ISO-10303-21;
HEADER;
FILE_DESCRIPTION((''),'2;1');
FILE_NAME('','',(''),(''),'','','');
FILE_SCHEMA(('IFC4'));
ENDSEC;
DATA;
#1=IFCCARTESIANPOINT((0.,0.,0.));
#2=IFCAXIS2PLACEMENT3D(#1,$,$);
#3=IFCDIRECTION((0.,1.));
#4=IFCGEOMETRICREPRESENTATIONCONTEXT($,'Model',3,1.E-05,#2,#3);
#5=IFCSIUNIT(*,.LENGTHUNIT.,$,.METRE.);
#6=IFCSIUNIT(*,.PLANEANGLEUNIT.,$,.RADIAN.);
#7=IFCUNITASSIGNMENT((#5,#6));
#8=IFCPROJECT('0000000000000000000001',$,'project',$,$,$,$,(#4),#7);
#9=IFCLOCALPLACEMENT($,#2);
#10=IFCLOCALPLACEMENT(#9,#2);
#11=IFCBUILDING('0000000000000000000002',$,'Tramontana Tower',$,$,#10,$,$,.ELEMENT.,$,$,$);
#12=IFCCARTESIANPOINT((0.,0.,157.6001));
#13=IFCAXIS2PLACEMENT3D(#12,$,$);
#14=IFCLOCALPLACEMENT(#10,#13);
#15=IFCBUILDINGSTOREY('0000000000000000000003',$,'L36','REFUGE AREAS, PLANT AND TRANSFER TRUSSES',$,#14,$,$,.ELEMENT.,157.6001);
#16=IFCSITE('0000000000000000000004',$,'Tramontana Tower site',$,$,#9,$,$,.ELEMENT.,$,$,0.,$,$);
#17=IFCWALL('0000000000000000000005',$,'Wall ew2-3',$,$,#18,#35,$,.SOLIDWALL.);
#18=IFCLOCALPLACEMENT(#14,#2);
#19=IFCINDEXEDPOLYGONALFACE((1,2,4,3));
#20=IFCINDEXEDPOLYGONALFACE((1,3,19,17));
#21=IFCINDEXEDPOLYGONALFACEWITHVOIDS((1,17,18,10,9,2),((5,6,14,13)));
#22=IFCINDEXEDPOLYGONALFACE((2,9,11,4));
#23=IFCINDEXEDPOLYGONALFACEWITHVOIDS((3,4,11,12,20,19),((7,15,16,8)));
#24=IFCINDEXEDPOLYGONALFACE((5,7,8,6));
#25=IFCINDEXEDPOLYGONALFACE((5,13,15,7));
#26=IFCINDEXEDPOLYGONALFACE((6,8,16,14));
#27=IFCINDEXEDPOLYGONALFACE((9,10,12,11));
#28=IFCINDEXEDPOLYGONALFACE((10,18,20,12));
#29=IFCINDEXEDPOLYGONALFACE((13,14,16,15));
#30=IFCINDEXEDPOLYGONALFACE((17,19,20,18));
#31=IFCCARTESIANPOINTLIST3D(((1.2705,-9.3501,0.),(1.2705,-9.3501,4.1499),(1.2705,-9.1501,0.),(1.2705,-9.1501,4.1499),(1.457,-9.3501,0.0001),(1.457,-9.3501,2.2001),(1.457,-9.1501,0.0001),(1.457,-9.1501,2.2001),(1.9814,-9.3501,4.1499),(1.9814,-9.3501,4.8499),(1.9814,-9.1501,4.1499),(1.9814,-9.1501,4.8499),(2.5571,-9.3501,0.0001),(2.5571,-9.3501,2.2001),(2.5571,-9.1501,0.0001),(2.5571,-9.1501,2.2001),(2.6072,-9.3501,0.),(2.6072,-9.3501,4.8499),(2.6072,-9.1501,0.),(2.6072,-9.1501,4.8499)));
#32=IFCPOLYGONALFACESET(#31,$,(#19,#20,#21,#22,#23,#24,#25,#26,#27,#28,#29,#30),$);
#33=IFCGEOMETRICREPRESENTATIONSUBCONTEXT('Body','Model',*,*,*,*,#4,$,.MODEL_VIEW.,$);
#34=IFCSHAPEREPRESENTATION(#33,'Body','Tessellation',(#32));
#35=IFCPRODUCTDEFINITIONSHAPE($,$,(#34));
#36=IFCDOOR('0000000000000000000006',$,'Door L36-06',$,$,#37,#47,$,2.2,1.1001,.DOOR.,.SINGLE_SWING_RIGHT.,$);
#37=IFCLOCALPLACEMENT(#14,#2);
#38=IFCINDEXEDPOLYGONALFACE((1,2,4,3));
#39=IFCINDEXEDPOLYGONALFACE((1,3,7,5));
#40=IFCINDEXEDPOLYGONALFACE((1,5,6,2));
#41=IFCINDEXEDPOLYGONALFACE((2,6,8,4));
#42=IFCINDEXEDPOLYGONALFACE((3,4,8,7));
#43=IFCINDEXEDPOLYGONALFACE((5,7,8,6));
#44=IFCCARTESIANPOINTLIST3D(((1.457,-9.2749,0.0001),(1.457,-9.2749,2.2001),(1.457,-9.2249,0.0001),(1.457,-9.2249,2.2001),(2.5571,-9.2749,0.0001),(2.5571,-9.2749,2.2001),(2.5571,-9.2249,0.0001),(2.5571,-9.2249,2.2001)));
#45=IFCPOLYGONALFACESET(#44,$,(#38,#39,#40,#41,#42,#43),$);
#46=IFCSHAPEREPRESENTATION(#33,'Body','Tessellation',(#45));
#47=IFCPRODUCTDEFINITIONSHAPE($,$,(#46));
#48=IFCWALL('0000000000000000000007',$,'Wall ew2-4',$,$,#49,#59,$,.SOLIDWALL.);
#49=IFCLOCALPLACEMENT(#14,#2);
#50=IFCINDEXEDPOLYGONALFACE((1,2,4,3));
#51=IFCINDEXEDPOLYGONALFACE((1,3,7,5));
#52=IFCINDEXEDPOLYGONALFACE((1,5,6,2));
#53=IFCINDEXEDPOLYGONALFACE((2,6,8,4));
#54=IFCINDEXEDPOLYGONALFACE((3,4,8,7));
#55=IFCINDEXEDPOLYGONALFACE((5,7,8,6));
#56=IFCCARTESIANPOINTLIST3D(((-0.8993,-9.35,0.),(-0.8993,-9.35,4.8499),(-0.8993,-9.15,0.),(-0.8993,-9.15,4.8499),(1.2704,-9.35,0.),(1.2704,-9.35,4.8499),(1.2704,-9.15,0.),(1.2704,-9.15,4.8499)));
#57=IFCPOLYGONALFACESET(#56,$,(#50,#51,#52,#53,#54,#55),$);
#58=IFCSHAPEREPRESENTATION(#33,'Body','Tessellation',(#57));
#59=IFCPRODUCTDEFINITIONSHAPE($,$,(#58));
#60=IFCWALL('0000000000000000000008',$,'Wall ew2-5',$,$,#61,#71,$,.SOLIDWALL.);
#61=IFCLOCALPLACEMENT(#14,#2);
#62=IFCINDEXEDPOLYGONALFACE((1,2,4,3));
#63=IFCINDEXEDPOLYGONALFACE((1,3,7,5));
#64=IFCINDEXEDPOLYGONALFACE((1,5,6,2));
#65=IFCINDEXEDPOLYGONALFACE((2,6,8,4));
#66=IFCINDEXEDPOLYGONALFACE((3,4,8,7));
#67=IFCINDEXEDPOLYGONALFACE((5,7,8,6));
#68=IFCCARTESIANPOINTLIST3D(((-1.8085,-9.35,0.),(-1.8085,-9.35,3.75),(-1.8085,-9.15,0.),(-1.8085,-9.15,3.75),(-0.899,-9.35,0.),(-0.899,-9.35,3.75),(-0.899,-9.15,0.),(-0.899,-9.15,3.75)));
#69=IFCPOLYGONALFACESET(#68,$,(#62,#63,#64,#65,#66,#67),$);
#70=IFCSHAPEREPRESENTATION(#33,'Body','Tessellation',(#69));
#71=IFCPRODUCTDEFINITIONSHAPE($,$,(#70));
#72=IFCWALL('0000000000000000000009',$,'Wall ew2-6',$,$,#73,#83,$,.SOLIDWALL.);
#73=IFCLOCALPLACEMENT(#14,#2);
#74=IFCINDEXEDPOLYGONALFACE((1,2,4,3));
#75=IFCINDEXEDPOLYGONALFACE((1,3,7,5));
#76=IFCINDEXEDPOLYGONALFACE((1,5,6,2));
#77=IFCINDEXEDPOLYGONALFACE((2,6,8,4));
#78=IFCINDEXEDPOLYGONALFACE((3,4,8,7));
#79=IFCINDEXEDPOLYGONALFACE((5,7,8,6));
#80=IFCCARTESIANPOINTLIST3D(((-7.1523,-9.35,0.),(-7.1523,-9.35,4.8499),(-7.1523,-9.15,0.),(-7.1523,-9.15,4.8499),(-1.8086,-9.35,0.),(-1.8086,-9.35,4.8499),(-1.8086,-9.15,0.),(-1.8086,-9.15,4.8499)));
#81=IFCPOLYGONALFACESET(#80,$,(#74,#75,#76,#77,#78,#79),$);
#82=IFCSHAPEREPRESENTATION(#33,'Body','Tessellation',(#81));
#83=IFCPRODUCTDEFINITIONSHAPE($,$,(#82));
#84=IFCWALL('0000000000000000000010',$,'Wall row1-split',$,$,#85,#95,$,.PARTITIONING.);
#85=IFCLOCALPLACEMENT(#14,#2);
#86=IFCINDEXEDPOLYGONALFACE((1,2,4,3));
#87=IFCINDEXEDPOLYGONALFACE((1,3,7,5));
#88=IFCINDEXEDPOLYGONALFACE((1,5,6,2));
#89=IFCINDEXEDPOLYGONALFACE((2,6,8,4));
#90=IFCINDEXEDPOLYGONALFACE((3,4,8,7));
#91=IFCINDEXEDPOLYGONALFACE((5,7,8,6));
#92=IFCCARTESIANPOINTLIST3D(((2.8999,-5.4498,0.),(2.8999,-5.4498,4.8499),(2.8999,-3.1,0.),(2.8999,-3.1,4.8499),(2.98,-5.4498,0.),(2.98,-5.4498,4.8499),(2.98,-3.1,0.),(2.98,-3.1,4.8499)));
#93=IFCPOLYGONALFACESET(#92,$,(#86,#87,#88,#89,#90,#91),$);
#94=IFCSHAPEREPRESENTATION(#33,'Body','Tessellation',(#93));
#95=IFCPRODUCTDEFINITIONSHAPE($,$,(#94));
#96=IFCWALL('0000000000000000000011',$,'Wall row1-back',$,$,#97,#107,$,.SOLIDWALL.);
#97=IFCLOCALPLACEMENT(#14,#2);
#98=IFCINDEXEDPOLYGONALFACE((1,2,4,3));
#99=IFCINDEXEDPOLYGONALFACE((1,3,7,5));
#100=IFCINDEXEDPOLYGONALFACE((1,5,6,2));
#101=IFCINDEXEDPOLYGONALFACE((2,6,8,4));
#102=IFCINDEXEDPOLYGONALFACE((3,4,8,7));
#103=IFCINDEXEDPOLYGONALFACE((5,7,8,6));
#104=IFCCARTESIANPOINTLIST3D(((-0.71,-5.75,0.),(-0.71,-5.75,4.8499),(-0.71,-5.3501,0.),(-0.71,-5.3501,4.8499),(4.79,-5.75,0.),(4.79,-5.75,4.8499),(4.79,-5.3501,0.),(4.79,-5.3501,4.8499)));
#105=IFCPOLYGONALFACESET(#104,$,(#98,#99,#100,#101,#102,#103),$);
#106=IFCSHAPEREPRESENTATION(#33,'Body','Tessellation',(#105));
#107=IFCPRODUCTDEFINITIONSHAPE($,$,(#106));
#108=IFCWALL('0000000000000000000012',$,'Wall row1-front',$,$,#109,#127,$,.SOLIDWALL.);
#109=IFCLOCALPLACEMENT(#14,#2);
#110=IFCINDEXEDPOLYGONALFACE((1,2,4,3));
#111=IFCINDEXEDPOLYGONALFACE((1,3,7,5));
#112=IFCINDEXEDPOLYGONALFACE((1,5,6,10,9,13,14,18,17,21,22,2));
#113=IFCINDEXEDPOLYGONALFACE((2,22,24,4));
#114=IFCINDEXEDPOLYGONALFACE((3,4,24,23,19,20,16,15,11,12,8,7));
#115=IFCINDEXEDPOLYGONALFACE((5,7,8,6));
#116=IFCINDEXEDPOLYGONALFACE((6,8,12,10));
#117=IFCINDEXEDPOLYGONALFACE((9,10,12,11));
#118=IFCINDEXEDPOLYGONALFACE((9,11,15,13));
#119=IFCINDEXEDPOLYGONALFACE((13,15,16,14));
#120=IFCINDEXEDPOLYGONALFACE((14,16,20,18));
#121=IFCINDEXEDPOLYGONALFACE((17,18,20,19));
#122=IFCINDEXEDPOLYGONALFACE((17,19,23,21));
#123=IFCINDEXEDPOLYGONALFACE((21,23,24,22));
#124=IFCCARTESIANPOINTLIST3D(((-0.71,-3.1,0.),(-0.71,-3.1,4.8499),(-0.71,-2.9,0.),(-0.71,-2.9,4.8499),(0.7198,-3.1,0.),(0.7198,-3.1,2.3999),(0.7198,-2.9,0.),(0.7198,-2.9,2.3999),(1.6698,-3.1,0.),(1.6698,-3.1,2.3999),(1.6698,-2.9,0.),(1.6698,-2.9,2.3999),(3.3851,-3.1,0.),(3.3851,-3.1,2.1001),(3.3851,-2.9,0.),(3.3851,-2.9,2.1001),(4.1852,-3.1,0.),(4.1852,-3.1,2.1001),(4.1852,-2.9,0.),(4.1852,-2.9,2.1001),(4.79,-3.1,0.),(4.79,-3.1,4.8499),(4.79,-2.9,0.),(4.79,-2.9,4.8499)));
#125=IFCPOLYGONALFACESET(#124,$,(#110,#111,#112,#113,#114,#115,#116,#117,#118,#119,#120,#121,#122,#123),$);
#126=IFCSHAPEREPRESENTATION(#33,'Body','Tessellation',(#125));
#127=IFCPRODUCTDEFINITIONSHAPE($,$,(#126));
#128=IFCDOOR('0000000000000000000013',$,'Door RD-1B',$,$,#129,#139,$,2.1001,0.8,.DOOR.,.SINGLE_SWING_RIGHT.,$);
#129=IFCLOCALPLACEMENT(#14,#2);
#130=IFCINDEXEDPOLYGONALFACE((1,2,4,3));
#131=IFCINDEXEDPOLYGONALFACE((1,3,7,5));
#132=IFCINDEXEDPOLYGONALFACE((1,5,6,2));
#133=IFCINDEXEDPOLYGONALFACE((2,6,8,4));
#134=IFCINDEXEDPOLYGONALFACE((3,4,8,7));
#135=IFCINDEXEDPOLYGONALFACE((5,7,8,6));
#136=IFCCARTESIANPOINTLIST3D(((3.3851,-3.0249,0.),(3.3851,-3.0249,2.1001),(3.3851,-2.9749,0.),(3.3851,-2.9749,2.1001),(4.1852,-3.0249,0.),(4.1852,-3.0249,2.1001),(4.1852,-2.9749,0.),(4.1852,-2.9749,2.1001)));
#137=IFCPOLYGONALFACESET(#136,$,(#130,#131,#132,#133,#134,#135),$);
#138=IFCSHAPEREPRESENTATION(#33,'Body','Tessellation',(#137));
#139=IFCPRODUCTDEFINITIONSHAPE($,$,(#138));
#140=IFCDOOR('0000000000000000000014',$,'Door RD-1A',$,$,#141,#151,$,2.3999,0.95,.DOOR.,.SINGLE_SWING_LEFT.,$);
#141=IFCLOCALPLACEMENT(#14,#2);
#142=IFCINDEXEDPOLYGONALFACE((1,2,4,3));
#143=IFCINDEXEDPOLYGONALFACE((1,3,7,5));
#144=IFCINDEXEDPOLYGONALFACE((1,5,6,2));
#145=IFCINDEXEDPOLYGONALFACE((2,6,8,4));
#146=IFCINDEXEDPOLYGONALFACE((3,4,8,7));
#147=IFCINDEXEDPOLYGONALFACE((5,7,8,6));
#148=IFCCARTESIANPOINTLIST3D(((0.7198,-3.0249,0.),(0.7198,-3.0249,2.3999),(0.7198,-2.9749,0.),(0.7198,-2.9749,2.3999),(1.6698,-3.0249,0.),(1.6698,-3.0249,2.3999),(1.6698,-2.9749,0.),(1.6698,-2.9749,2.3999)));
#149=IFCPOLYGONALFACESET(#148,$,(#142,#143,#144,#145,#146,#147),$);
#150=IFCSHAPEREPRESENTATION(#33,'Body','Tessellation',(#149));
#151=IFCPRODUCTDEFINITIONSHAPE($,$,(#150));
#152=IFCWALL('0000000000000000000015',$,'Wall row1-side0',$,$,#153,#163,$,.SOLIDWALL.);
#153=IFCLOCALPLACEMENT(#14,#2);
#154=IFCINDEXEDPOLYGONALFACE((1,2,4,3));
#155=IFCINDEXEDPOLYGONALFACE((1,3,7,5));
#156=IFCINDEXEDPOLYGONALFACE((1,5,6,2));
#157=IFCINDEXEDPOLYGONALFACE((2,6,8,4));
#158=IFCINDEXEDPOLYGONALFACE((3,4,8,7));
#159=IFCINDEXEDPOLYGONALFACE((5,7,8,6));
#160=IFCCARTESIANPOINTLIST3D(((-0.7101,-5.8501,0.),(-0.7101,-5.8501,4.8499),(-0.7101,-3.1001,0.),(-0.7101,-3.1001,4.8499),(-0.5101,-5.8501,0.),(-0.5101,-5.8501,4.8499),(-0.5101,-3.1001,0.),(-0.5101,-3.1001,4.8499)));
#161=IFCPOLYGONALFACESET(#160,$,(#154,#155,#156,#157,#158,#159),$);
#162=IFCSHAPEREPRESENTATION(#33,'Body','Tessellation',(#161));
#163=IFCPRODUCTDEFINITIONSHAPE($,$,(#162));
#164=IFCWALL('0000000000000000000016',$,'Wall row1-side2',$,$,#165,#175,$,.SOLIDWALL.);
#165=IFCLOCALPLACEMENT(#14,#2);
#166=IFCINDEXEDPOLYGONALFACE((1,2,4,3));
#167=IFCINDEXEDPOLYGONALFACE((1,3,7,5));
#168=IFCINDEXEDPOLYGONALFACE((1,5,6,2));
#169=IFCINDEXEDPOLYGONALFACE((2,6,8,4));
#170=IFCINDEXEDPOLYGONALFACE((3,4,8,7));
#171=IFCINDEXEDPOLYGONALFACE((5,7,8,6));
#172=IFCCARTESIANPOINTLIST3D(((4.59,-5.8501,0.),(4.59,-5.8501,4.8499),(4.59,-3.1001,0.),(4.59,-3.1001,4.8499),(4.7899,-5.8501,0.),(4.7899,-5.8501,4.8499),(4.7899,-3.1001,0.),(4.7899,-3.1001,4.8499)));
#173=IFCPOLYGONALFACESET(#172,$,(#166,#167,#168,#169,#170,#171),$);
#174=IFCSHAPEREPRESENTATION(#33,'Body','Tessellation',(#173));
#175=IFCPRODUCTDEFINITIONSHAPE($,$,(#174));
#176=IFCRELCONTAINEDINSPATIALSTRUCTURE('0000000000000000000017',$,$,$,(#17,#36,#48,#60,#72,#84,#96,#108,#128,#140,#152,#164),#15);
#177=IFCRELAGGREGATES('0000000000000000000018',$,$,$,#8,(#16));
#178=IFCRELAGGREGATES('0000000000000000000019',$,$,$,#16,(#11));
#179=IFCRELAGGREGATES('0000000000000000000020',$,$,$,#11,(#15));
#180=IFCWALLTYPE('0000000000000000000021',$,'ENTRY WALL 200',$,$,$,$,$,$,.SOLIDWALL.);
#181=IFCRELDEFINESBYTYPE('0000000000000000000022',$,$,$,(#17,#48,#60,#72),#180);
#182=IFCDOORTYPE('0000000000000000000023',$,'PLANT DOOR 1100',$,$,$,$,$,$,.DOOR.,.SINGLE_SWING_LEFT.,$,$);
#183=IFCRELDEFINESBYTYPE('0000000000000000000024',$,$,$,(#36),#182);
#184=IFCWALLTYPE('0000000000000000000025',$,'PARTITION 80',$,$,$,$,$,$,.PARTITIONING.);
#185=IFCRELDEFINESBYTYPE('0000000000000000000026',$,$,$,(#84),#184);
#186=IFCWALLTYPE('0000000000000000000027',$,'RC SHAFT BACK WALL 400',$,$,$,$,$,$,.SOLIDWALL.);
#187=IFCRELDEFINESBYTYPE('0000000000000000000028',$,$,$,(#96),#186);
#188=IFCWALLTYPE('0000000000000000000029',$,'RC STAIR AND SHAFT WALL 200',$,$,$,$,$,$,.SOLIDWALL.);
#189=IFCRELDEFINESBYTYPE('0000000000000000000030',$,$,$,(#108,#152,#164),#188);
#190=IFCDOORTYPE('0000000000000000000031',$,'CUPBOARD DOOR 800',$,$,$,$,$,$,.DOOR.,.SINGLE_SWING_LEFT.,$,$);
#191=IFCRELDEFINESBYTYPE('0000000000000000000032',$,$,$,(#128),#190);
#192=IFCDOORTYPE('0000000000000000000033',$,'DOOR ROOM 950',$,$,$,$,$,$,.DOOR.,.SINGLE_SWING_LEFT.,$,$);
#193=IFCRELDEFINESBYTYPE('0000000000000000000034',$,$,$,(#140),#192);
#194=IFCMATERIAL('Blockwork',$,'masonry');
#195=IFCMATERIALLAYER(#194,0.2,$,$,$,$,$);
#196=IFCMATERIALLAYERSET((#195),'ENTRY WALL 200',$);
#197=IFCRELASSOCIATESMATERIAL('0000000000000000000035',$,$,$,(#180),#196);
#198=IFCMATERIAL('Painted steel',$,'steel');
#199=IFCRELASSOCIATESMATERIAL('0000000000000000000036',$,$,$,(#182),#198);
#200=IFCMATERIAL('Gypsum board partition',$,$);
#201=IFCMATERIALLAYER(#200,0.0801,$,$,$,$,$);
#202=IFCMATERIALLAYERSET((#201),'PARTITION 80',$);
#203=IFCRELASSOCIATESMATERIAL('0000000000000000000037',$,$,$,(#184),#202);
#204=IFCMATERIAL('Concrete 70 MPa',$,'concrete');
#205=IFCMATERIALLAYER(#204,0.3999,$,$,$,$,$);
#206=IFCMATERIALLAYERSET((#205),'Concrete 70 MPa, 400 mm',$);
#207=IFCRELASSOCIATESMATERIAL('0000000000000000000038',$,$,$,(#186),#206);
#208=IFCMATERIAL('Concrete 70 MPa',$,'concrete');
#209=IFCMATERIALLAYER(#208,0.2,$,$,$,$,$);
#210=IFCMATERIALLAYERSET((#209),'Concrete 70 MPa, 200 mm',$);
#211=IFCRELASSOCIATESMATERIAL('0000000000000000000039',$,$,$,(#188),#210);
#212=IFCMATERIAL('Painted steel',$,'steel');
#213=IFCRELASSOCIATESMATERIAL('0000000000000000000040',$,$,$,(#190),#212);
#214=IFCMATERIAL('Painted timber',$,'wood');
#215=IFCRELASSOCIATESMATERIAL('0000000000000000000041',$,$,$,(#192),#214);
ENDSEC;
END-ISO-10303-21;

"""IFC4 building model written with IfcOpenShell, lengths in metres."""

from ifc_helpers import new_model, si_unit, direction, frame, frame_2d, origin, place, context, subcontext, project, spatial, polyline, rectangle, outline, extrude, material, layer, layer_set, type_object, element, fill, save


model = new_model("IFC4")

# Units and contexts
model_context = context("Model", 3, precision=1e-05, world=origin(), true_north=direction((0.0, 1.0)))
body_context = subcontext(model_context, "Body", "Model", "MODEL_VIEW")
ifc_project = project(units=[si_unit("LENGTHUNIT", "METRE"), si_unit("PLANEANGLEUNIT", "RADIAN")], contexts=[model_context])

# Site, building, storey
site_placement = place(None, origin())
site = spatial("IfcSite", under=ifc_project, at=site_placement, Name="Tramontana Tower site", CompositionType="ELEMENT", RefElevation=0.0)
building_placement = place(site_placement, origin())
building = spatial("IfcBuilding", under=site, at=building_placement, Name="Tramontana Tower", CompositionType="ELEMENT")
storey_placement = place(building_placement, frame((0.0, 0.0, 157.6001)))
storey = spatial("IfcBuildingStorey", under=building, at=storey_placement, Name="L36", Description="REFUGE AREAS, PLANT AND TRANSFER TRUSSES", CompositionType="ELEMENT", Elevation=157.6001)

# Wall, opening, door
ifc_material_1 = material(Name="Blockwork", Category="masonry")
ifc_layer_1 = layer(ifc_material_1, 0.2)
ifc_layer_set_1 = layer_set([ifc_layer_1], Name="ENTRY WALL 200")
wall_type_1 = type_object("IfcWallType", Name="ENTRY WALL 200", PredefinedType="SOLIDWALL", material=ifc_layer_set_1)
wall_1_placement = place(storey_placement, frame((2.6072, -9.25, 0.0), z_axis=(0.0, 0.0, 1.0), x_axis=(-1.0, 0.0, 0.0)))
wall_1 = element("IfcWall", 1, at=wall_1_placement, inside=storey, type_object=wall_type_1, Name="Wall ew2-3", PredefinedType="SOLIDWALL", context=body_context, shape_type="SweptSolid", body=[
    extrude(outline(polyline([(0.0, 0.0), (1.3367, 0.0), (1.3367, 4.1499), (0.6257, 4.1499), (0.6257, 4.8499), (0.0, 4.8499), (0.0, 0.0)])), frame((0.0, 0.1001, 0.0), z_axis=(0.0, -1.0, 0.0), x_axis=(1.0, 0.0, 0.0)), (0.0, 0.0, 1.0), 0.2),
])
opening_1_placement = place(wall_1_placement, frame((0.05, 0.0, 0.0)))
opening_1 = element("IfcOpeningElement", 2, at=opening_1_placement, cuts=wall_1, PredefinedType="OPENING", context=body_context, shape_type="SweptSolid", body=[
    extrude(rectangle(XDim=1.1001, YDim=2.2, at=frame_2d((0.55, 1.1001))), frame((0.0, 0.1099, 0.0), z_axis=(0.0, -1.0, 0.0), x_axis=(1.0, 0.0, 0.0)), (0.0, 0.0, 1.0), 0.22),
])
ifc_material_2 = material(Name="Painted steel", Category="steel")
door_type_1 = type_object("IfcDoorType", Name="PLANT DOOR 1100", OperationType="SINGLE_SWING_LEFT", PredefinedType="DOOR", material=ifc_material_2)
door_1_placement = place(opening_1_placement, origin())
door_1 = element("IfcDoor", 3, at=door_1_placement, inside=storey, type_object=door_type_1, Name="Door L36-06", OperationType="SINGLE_SWING_RIGHT", OverallHeight=2.2, OverallWidth=1.1001, PredefinedType="DOOR", context=body_context, shape_type="SweptSolid", body=[
    extrude(rectangle(XDim=1.1001, YDim=2.2, at=frame_2d((0.55, 1.1001))), frame((0.0, 0.0249, 0.0), z_axis=(0.0, -1.0, 0.0), x_axis=(1.0, 0.0, 0.0)), (0.0, 0.0, 1.0), 0.05),
])
fill(opening_1, door_1)

# Walls
wall_2_placement = place(storey_placement, frame((1.2705, -9.25, 0.0), z_axis=(0.0, 0.0, 1.0), x_axis=(-1.0, 0.0, 0.0)))
element("IfcWall", 4, at=wall_2_placement, inside=storey, type_object=wall_type_1, Name="Wall ew2-4", PredefinedType="SOLIDWALL", context=body_context, shape_type="SweptSolid", body=[
    extrude(rectangle(XDim=2.1697, YDim=0.2, at=frame_2d((1.085, 0.0))), origin(), (0.0, 0.0, 1.0), 4.8499),
])
wall_3_placement = place(storey_placement, frame((-0.8992, -9.25, 0.0), z_axis=(0.0, 0.0, 1.0), x_axis=(-1.0, 0.0, 0.0)))
element("IfcWall", 5, at=wall_3_placement, inside=storey, type_object=wall_type_1, Name="Wall ew2-5", PredefinedType="SOLIDWALL", context=body_context, shape_type="SweptSolid", body=[
    extrude(rectangle(XDim=0.9094, YDim=0.2, at=frame_2d((0.4546, 0.0))), origin(), (0.0, 0.0, 1.0), 3.75),
])
wall_4_placement = place(storey_placement, frame((-1.8086, -9.25, 0.0), z_axis=(0.0, 0.0, 1.0), x_axis=(-1.0, 0.0, 0.0)))
element("IfcWall", 6, at=wall_4_placement, inside=storey, type_object=wall_type_1, Name="Wall ew2-6", PredefinedType="SOLIDWALL", context=body_context, shape_type="SweptSolid", body=[
    extrude(rectangle(XDim=5.3438, YDim=0.2, at=frame_2d((2.6719, 0.0))), origin(), (0.0, 0.0, 1.0), 4.8499),
])
ifc_material_3 = material(Name="Gypsum board partition")
ifc_layer_2 = layer(ifc_material_3, 0.0801)
ifc_layer_set_2 = layer_set([ifc_layer_2], Name="PARTITION 80")
wall_type_2 = type_object("IfcWallType", Name="PARTITION 80", PredefinedType="PARTITIONING", material=ifc_layer_set_2)
wall_5_placement = place(storey_placement, frame((2.9399, -3.1001, 0.0), z_axis=(0.0, 0.0, 1.0), x_axis=(0.0, -1.0, 0.0)))
element("IfcWall", 7, at=wall_5_placement, inside=storey, type_object=wall_type_2, Name="Wall row1-split", PredefinedType="PARTITIONING", context=body_context, shape_type="SweptSolid", body=[
    extrude(rectangle(XDim=2.3499, YDim=0.0801, at=frame_2d((1.1748, 0.0))), origin(), (0.0, 0.0, 1.0), 4.8499),
])
ifc_material_4 = material(Name="Concrete 70 MPa", Category="concrete")
ifc_layer_3 = layer(ifc_material_4, 0.3999)
ifc_layer_set_3 = layer_set([ifc_layer_3], Name="Concrete 70 MPa, 400 mm")
wall_type_3 = type_object("IfcWallType", Name="RC SHAFT BACK WALL 400", PredefinedType="SOLIDWALL", material=ifc_layer_set_3)
wall_6_placement = place(storey_placement, frame((-0.71, -5.55, 0.0), z_axis=(0.0, 0.0, 1.0), x_axis=(1.0, 0.0, 0.0)))
element("IfcWall", 8, at=wall_6_placement, inside=storey, type_object=wall_type_3, Name="Wall row1-back", PredefinedType="SOLIDWALL", context=body_context, shape_type="SweptSolid", body=[
    extrude(rectangle(XDim=5.5, YDim=0.3999, at=frame_2d((2.75, 0.0))), origin(), (0.0, 0.0, 1.0), 4.8499),
])

# Shared definitions
ifc_material_5 = material(Name="Concrete 70 MPa", Category="concrete")
ifc_layer_4 = layer(ifc_material_5, 0.2)
ifc_layer_set_4 = layer_set([ifc_layer_4], Name="Concrete 70 MPa, 200 mm")
wall_type_4 = type_object("IfcWallType", Name="RC STAIR AND SHAFT WALL 200", PredefinedType="SOLIDWALL", material=ifc_layer_set_4)

# Wall, openings, doors
wall_7_placement = place(storey_placement, frame((4.79, -3.0, 0.0), z_axis=(0.0, 0.0, 1.0), x_axis=(-1.0, 0.0, 0.0)))
wall_7 = element("IfcWall", 9, at=wall_7_placement, inside=storey, type_object=wall_type_4, Name="Wall row1-front", PredefinedType="SOLIDWALL", context=body_context, shape_type="SweptSolid", body=[
    extrude(rectangle(XDim=5.5, YDim=0.2, at=frame_2d((2.75, 0.0))), origin(), (0.0, 0.0, 1.0), 4.8499),
])
opening_2_placement = place(wall_7_placement, frame((3.1201, 0.0, 0.0)))
opening_2 = element("IfcOpeningElement", 10, at=opening_2_placement, cuts=wall_7, PredefinedType="OPENING", context=body_context, shape_type="SweptSolid", body=[
    extrude(rectangle(XDim=0.95, YDim=2.3999, at=frame_2d((0.4751, 1.2))), frame((0.0, 0.1099, 0.0), z_axis=(0.0, -1.0, 0.0), x_axis=(1.0, 0.0, 0.0)), (0.0, 0.0, 1.0), 0.22),
])
opening_3_placement = place(wall_7_placement, frame((0.605, 0.0, 0.0)))
opening_3 = element("IfcOpeningElement", 11, at=opening_3_placement, cuts=wall_7, PredefinedType="OPENING", context=body_context, shape_type="SweptSolid", body=[
    extrude(rectangle(XDim=0.8, YDim=2.1001, at=frame_2d((0.3999, 1.05))), frame((0.0, 0.1099, 0.0), z_axis=(0.0, -1.0, 0.0), x_axis=(1.0, 0.0, 0.0)), (0.0, 0.0, 1.0), 0.22),
])
ifc_material_6 = material(Name="Painted steel", Category="steel")
door_type_2 = type_object("IfcDoorType", Name="CUPBOARD DOOR 800", OperationType="SINGLE_SWING_LEFT", PredefinedType="DOOR", material=ifc_material_6)
door_2_placement = place(opening_3_placement, origin())
door_2 = element("IfcDoor", 12, at=door_2_placement, inside=storey, type_object=door_type_2, Name="Door RD-1B", OperationType="SINGLE_SWING_RIGHT", OverallHeight=2.1001, OverallWidth=0.8, PredefinedType="DOOR", context=body_context, shape_type="SweptSolid", body=[
    extrude(rectangle(XDim=0.8, YDim=2.1001, at=frame_2d((0.3999, 1.05))), frame((0.0, 0.0249, 0.0), z_axis=(0.0, -1.0, 0.0), x_axis=(1.0, 0.0, 0.0)), (0.0, 0.0, 1.0), 0.05),
])
fill(opening_3, door_2)
ifc_material_7 = material(Name="Painted timber", Category="wood")
door_type_3 = type_object("IfcDoorType", Name="DOOR ROOM 950", OperationType="SINGLE_SWING_LEFT", PredefinedType="DOOR", material=ifc_material_7)
door_3_placement = place(opening_2_placement, origin())
door_3 = element("IfcDoor", 13, at=door_3_placement, inside=storey, type_object=door_type_3, Name="Door RD-1A", OperationType="SINGLE_SWING_LEFT", OverallHeight=2.3999, OverallWidth=0.95, PredefinedType="DOOR", context=body_context, shape_type="SweptSolid", body=[
    extrude(rectangle(XDim=0.95, YDim=2.3999, at=frame_2d((0.4751, 1.2))), frame((0.0, 0.0249, 0.0), z_axis=(0.0, -1.0, 0.0), x_axis=(1.0, 0.0, 0.0)), (0.0, 0.0, 1.0), 0.05),
])
fill(opening_2, door_3)

# Walls
for number, where, z_axis, x_axis, name in (
    (14, (-0.6101, -3.1001, 0.0), (0.0, 0.0, 1.0), (0.0, -1.0, 0.0), "Wall row1-side0"),
    (15, (4.6899, -3.1001, 0.0), (0.0, 0.0, 1.0), (0.0, -1.0, 0.0), "Wall row1-side2"),
):
    element("IfcWall", number, at=place(storey_placement, frame(where, z_axis=z_axis, x_axis=x_axis)), inside=storey, type_object=wall_type_4, Name=name, PredefinedType="SOLIDWALL", context=body_context, shape_type="SweptSolid", body=[
        extrude(rectangle(XDim=2.75, YDim=0.2, at=frame_2d((1.375, 0.0))), origin(), (0.0, 0.0, 1.0), 4.8499),
    ])

save(model, "model.ifc")
